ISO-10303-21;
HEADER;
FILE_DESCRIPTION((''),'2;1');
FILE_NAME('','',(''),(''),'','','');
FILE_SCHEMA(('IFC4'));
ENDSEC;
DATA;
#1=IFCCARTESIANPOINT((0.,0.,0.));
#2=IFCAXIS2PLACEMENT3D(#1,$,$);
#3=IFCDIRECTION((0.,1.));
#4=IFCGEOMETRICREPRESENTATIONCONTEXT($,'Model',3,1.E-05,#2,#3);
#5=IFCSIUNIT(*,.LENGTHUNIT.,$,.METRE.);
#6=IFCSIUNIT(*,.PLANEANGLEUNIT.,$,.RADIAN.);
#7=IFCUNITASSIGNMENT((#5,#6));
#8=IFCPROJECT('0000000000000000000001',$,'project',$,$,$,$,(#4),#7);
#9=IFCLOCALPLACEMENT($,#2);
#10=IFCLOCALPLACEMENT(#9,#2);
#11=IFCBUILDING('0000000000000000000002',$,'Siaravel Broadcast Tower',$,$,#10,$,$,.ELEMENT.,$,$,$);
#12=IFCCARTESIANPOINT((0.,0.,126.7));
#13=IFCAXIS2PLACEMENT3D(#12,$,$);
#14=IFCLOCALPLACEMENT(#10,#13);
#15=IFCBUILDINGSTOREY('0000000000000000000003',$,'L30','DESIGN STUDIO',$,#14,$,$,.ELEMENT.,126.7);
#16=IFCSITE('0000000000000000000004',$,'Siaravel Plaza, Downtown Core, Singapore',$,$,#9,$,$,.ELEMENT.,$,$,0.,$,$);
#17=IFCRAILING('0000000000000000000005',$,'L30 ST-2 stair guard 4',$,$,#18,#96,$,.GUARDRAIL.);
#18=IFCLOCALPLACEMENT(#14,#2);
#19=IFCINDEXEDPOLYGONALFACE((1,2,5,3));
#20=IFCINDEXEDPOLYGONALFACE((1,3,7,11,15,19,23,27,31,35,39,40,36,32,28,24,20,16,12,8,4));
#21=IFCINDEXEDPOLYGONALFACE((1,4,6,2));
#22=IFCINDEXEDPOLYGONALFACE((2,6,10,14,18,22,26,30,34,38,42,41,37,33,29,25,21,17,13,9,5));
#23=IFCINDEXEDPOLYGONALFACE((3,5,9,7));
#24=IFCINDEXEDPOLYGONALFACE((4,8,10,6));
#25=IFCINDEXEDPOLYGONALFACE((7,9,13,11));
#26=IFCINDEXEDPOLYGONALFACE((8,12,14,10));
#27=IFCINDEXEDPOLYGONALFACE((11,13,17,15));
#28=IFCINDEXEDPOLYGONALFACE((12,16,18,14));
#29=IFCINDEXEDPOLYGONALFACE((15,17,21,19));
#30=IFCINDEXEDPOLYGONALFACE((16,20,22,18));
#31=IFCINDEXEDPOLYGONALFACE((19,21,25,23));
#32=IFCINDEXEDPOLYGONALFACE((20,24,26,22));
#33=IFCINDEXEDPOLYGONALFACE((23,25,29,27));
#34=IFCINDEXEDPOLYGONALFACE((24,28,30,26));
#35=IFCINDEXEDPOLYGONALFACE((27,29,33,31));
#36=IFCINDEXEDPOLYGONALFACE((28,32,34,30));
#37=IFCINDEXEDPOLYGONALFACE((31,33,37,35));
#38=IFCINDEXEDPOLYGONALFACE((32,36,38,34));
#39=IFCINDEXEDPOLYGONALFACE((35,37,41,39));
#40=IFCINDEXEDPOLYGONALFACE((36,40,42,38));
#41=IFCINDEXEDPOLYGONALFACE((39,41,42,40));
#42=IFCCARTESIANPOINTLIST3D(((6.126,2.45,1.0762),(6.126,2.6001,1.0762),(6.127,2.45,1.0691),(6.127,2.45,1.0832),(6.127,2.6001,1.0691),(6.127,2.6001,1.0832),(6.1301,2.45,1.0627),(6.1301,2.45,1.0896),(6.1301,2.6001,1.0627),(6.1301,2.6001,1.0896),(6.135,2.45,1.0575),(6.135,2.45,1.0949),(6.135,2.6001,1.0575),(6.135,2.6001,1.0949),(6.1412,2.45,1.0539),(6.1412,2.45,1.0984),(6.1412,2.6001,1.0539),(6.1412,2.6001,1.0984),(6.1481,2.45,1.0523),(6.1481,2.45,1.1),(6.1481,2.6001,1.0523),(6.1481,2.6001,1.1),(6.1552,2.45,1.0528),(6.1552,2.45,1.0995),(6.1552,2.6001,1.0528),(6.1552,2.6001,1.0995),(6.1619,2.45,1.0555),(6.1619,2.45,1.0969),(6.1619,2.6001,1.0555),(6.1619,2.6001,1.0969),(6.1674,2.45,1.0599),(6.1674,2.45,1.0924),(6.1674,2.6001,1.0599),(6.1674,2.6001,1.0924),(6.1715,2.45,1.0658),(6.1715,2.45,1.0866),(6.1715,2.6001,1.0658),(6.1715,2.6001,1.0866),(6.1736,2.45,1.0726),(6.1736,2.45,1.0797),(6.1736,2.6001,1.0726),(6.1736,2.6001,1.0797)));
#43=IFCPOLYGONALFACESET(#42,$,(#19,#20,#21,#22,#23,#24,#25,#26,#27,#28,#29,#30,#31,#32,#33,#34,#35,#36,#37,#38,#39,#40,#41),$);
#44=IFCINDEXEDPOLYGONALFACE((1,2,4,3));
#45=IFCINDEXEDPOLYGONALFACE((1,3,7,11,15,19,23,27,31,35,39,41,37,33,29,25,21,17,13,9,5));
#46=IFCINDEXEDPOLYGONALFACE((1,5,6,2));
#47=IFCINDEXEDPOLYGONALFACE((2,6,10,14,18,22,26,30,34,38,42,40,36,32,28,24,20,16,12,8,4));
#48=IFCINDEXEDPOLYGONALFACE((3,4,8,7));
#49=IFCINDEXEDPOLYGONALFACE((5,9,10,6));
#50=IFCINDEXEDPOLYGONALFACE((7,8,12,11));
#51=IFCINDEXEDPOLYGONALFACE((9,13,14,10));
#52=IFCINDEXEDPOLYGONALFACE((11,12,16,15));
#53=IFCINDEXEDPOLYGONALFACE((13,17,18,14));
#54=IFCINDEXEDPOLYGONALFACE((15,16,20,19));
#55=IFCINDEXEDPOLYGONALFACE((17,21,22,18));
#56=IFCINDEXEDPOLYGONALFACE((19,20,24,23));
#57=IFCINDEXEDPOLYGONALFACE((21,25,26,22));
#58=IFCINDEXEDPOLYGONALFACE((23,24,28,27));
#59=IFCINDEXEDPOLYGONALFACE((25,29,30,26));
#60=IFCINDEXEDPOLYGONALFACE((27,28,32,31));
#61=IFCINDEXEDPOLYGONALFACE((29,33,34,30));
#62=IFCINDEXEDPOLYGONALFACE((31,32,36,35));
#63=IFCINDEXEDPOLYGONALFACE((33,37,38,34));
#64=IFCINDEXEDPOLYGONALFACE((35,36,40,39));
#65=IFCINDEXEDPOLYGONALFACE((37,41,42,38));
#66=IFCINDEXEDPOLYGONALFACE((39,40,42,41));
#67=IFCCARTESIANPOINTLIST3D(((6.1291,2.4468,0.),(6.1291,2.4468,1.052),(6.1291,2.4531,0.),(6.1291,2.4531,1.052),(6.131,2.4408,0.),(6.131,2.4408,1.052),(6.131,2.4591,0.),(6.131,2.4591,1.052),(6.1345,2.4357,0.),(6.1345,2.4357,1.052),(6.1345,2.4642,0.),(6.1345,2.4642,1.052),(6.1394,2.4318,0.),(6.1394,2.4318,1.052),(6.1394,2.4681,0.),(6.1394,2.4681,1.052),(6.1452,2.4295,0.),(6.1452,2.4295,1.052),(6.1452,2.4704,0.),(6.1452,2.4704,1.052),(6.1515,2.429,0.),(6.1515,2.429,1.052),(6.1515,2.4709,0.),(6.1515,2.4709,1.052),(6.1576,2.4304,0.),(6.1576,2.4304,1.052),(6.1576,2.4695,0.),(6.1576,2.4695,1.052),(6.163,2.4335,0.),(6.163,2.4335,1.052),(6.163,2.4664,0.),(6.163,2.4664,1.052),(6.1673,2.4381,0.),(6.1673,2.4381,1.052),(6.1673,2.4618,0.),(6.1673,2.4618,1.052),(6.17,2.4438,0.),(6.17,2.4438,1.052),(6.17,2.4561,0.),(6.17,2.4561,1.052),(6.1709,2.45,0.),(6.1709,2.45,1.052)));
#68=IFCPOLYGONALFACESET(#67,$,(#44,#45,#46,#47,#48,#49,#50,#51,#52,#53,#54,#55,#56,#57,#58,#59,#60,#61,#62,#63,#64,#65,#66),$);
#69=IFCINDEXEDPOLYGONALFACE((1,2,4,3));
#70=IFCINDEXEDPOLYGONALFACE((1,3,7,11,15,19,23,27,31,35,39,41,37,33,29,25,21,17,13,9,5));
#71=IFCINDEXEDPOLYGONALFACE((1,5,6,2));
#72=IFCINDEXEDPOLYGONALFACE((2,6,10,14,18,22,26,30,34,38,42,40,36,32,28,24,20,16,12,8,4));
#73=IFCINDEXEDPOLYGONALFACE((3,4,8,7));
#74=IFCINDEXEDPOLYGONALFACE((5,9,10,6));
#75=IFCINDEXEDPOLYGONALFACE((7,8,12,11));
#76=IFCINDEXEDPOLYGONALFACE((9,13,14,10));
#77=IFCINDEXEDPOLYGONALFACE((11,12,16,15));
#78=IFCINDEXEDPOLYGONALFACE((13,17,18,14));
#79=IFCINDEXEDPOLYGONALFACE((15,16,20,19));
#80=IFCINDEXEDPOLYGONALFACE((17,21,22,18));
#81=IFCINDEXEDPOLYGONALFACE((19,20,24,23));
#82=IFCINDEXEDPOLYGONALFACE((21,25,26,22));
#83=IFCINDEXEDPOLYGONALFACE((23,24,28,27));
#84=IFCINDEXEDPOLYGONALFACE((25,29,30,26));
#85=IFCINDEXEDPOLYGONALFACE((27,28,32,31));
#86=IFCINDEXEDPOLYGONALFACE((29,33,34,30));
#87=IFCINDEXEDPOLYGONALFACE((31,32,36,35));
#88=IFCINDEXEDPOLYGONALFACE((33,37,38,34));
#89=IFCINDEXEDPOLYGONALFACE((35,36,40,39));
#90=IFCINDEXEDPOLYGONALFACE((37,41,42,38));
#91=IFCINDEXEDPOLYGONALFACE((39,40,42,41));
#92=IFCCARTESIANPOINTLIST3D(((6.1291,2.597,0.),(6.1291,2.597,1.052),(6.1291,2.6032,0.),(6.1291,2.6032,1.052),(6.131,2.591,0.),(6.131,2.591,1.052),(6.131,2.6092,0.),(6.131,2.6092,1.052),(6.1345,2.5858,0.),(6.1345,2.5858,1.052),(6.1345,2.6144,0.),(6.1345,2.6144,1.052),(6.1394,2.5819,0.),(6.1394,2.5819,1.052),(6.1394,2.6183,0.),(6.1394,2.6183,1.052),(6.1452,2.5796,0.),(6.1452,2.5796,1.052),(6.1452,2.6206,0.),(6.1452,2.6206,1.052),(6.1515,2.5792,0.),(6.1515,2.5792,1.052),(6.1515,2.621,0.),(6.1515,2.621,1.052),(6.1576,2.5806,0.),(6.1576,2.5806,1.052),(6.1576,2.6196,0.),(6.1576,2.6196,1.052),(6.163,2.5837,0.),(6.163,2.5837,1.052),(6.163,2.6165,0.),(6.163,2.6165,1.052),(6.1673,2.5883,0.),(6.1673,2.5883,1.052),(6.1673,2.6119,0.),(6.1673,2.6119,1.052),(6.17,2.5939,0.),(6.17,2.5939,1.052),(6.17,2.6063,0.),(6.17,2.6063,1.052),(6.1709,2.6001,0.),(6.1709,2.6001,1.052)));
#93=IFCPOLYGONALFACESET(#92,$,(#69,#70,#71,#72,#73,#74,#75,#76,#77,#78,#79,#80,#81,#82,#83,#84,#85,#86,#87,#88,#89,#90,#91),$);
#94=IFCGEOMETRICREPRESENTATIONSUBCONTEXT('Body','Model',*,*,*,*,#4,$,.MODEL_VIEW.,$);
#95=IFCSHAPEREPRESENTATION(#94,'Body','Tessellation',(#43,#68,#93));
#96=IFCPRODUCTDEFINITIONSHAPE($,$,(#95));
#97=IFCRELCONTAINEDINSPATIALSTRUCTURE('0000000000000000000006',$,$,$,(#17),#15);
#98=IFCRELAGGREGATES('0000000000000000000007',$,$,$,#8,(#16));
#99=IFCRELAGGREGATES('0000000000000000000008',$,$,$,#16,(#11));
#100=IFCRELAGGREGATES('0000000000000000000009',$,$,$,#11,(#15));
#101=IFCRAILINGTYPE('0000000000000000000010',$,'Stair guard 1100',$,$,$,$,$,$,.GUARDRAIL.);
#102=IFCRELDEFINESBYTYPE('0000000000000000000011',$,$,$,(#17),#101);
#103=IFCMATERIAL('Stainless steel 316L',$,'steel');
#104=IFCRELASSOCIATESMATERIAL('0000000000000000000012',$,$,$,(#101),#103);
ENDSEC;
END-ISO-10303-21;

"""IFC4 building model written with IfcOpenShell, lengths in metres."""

from ifc_helpers import new_model, si_unit, direction, frame, origin, origin_2d, place, context, subcontext, project, spatial, circle, extrude, material, type_object, element, save


model = new_model("IFC4")

# Units and contexts
model_context = context("Model", 3, precision=1e-05, world=origin(), true_north=direction((0.0, 1.0)))
body_context = subcontext(model_context, "Body", "Model", "MODEL_VIEW")
ifc_project = project(units=[si_unit("LENGTHUNIT", "METRE"), si_unit("PLANEANGLEUNIT", "RADIAN")], contexts=[model_context])

# Site, building, storey
site_placement = place(None, origin())
site = spatial("IfcSite", under=ifc_project, at=site_placement, Name="Siaravel Plaza, Downtown Core, Singapore", CompositionType="ELEMENT", RefElevation=0.0)
building_placement = place(site_placement, origin())
building = spatial("IfcBuilding", under=site, at=building_placement, Name="Siaravel Broadcast Tower", CompositionType="ELEMENT")
storey_placement = place(building_placement, frame((0.0, 0.0, 126.7)))
storey = spatial("IfcBuildingStorey", under=building, at=storey_placement, Name="L30", Description="DESIGN STUDIO", CompositionType="ELEMENT", Elevation=126.7)

# Railing
ifc_material_1 = material(Name="Stainless steel 316L", Category="steel")
railing_type_1 = type_object("IfcRailingType", Name="Stair guard 1100", PredefinedType="GUARDRAIL", material=ifc_material_1)
railing_1_placement = place(storey_placement, frame((6.1499, 2.45, 0.0)))
element("IfcRailing", 1, at=railing_1_placement, inside=storey, type_object=railing_type_1, Name="L30 ST-2 stair guard 4", PredefinedType="GUARDRAIL", context=body_context, shape_type="SweptSolid", body=[
    extrude(circle(Radius=0.0239, at=origin_2d()), frame((0.0, 0.0, 1.0762), z_axis=(0.0, 1.0, 0.0), x_axis=(-1.0, 0.0, 0.0)), (0.0, 0.0, 1.0), 0.1501),
    extrude(circle(Radius=0.021, at=origin_2d()), origin(), (0.0, 0.0, 1.0), 1.052),
    extrude(circle(Radius=0.021, at=origin_2d()), frame((0.0, 0.1501, 0.0)), (0.0, 0.0, 1.0), 1.052),
])

save(model, "model.ifc")
